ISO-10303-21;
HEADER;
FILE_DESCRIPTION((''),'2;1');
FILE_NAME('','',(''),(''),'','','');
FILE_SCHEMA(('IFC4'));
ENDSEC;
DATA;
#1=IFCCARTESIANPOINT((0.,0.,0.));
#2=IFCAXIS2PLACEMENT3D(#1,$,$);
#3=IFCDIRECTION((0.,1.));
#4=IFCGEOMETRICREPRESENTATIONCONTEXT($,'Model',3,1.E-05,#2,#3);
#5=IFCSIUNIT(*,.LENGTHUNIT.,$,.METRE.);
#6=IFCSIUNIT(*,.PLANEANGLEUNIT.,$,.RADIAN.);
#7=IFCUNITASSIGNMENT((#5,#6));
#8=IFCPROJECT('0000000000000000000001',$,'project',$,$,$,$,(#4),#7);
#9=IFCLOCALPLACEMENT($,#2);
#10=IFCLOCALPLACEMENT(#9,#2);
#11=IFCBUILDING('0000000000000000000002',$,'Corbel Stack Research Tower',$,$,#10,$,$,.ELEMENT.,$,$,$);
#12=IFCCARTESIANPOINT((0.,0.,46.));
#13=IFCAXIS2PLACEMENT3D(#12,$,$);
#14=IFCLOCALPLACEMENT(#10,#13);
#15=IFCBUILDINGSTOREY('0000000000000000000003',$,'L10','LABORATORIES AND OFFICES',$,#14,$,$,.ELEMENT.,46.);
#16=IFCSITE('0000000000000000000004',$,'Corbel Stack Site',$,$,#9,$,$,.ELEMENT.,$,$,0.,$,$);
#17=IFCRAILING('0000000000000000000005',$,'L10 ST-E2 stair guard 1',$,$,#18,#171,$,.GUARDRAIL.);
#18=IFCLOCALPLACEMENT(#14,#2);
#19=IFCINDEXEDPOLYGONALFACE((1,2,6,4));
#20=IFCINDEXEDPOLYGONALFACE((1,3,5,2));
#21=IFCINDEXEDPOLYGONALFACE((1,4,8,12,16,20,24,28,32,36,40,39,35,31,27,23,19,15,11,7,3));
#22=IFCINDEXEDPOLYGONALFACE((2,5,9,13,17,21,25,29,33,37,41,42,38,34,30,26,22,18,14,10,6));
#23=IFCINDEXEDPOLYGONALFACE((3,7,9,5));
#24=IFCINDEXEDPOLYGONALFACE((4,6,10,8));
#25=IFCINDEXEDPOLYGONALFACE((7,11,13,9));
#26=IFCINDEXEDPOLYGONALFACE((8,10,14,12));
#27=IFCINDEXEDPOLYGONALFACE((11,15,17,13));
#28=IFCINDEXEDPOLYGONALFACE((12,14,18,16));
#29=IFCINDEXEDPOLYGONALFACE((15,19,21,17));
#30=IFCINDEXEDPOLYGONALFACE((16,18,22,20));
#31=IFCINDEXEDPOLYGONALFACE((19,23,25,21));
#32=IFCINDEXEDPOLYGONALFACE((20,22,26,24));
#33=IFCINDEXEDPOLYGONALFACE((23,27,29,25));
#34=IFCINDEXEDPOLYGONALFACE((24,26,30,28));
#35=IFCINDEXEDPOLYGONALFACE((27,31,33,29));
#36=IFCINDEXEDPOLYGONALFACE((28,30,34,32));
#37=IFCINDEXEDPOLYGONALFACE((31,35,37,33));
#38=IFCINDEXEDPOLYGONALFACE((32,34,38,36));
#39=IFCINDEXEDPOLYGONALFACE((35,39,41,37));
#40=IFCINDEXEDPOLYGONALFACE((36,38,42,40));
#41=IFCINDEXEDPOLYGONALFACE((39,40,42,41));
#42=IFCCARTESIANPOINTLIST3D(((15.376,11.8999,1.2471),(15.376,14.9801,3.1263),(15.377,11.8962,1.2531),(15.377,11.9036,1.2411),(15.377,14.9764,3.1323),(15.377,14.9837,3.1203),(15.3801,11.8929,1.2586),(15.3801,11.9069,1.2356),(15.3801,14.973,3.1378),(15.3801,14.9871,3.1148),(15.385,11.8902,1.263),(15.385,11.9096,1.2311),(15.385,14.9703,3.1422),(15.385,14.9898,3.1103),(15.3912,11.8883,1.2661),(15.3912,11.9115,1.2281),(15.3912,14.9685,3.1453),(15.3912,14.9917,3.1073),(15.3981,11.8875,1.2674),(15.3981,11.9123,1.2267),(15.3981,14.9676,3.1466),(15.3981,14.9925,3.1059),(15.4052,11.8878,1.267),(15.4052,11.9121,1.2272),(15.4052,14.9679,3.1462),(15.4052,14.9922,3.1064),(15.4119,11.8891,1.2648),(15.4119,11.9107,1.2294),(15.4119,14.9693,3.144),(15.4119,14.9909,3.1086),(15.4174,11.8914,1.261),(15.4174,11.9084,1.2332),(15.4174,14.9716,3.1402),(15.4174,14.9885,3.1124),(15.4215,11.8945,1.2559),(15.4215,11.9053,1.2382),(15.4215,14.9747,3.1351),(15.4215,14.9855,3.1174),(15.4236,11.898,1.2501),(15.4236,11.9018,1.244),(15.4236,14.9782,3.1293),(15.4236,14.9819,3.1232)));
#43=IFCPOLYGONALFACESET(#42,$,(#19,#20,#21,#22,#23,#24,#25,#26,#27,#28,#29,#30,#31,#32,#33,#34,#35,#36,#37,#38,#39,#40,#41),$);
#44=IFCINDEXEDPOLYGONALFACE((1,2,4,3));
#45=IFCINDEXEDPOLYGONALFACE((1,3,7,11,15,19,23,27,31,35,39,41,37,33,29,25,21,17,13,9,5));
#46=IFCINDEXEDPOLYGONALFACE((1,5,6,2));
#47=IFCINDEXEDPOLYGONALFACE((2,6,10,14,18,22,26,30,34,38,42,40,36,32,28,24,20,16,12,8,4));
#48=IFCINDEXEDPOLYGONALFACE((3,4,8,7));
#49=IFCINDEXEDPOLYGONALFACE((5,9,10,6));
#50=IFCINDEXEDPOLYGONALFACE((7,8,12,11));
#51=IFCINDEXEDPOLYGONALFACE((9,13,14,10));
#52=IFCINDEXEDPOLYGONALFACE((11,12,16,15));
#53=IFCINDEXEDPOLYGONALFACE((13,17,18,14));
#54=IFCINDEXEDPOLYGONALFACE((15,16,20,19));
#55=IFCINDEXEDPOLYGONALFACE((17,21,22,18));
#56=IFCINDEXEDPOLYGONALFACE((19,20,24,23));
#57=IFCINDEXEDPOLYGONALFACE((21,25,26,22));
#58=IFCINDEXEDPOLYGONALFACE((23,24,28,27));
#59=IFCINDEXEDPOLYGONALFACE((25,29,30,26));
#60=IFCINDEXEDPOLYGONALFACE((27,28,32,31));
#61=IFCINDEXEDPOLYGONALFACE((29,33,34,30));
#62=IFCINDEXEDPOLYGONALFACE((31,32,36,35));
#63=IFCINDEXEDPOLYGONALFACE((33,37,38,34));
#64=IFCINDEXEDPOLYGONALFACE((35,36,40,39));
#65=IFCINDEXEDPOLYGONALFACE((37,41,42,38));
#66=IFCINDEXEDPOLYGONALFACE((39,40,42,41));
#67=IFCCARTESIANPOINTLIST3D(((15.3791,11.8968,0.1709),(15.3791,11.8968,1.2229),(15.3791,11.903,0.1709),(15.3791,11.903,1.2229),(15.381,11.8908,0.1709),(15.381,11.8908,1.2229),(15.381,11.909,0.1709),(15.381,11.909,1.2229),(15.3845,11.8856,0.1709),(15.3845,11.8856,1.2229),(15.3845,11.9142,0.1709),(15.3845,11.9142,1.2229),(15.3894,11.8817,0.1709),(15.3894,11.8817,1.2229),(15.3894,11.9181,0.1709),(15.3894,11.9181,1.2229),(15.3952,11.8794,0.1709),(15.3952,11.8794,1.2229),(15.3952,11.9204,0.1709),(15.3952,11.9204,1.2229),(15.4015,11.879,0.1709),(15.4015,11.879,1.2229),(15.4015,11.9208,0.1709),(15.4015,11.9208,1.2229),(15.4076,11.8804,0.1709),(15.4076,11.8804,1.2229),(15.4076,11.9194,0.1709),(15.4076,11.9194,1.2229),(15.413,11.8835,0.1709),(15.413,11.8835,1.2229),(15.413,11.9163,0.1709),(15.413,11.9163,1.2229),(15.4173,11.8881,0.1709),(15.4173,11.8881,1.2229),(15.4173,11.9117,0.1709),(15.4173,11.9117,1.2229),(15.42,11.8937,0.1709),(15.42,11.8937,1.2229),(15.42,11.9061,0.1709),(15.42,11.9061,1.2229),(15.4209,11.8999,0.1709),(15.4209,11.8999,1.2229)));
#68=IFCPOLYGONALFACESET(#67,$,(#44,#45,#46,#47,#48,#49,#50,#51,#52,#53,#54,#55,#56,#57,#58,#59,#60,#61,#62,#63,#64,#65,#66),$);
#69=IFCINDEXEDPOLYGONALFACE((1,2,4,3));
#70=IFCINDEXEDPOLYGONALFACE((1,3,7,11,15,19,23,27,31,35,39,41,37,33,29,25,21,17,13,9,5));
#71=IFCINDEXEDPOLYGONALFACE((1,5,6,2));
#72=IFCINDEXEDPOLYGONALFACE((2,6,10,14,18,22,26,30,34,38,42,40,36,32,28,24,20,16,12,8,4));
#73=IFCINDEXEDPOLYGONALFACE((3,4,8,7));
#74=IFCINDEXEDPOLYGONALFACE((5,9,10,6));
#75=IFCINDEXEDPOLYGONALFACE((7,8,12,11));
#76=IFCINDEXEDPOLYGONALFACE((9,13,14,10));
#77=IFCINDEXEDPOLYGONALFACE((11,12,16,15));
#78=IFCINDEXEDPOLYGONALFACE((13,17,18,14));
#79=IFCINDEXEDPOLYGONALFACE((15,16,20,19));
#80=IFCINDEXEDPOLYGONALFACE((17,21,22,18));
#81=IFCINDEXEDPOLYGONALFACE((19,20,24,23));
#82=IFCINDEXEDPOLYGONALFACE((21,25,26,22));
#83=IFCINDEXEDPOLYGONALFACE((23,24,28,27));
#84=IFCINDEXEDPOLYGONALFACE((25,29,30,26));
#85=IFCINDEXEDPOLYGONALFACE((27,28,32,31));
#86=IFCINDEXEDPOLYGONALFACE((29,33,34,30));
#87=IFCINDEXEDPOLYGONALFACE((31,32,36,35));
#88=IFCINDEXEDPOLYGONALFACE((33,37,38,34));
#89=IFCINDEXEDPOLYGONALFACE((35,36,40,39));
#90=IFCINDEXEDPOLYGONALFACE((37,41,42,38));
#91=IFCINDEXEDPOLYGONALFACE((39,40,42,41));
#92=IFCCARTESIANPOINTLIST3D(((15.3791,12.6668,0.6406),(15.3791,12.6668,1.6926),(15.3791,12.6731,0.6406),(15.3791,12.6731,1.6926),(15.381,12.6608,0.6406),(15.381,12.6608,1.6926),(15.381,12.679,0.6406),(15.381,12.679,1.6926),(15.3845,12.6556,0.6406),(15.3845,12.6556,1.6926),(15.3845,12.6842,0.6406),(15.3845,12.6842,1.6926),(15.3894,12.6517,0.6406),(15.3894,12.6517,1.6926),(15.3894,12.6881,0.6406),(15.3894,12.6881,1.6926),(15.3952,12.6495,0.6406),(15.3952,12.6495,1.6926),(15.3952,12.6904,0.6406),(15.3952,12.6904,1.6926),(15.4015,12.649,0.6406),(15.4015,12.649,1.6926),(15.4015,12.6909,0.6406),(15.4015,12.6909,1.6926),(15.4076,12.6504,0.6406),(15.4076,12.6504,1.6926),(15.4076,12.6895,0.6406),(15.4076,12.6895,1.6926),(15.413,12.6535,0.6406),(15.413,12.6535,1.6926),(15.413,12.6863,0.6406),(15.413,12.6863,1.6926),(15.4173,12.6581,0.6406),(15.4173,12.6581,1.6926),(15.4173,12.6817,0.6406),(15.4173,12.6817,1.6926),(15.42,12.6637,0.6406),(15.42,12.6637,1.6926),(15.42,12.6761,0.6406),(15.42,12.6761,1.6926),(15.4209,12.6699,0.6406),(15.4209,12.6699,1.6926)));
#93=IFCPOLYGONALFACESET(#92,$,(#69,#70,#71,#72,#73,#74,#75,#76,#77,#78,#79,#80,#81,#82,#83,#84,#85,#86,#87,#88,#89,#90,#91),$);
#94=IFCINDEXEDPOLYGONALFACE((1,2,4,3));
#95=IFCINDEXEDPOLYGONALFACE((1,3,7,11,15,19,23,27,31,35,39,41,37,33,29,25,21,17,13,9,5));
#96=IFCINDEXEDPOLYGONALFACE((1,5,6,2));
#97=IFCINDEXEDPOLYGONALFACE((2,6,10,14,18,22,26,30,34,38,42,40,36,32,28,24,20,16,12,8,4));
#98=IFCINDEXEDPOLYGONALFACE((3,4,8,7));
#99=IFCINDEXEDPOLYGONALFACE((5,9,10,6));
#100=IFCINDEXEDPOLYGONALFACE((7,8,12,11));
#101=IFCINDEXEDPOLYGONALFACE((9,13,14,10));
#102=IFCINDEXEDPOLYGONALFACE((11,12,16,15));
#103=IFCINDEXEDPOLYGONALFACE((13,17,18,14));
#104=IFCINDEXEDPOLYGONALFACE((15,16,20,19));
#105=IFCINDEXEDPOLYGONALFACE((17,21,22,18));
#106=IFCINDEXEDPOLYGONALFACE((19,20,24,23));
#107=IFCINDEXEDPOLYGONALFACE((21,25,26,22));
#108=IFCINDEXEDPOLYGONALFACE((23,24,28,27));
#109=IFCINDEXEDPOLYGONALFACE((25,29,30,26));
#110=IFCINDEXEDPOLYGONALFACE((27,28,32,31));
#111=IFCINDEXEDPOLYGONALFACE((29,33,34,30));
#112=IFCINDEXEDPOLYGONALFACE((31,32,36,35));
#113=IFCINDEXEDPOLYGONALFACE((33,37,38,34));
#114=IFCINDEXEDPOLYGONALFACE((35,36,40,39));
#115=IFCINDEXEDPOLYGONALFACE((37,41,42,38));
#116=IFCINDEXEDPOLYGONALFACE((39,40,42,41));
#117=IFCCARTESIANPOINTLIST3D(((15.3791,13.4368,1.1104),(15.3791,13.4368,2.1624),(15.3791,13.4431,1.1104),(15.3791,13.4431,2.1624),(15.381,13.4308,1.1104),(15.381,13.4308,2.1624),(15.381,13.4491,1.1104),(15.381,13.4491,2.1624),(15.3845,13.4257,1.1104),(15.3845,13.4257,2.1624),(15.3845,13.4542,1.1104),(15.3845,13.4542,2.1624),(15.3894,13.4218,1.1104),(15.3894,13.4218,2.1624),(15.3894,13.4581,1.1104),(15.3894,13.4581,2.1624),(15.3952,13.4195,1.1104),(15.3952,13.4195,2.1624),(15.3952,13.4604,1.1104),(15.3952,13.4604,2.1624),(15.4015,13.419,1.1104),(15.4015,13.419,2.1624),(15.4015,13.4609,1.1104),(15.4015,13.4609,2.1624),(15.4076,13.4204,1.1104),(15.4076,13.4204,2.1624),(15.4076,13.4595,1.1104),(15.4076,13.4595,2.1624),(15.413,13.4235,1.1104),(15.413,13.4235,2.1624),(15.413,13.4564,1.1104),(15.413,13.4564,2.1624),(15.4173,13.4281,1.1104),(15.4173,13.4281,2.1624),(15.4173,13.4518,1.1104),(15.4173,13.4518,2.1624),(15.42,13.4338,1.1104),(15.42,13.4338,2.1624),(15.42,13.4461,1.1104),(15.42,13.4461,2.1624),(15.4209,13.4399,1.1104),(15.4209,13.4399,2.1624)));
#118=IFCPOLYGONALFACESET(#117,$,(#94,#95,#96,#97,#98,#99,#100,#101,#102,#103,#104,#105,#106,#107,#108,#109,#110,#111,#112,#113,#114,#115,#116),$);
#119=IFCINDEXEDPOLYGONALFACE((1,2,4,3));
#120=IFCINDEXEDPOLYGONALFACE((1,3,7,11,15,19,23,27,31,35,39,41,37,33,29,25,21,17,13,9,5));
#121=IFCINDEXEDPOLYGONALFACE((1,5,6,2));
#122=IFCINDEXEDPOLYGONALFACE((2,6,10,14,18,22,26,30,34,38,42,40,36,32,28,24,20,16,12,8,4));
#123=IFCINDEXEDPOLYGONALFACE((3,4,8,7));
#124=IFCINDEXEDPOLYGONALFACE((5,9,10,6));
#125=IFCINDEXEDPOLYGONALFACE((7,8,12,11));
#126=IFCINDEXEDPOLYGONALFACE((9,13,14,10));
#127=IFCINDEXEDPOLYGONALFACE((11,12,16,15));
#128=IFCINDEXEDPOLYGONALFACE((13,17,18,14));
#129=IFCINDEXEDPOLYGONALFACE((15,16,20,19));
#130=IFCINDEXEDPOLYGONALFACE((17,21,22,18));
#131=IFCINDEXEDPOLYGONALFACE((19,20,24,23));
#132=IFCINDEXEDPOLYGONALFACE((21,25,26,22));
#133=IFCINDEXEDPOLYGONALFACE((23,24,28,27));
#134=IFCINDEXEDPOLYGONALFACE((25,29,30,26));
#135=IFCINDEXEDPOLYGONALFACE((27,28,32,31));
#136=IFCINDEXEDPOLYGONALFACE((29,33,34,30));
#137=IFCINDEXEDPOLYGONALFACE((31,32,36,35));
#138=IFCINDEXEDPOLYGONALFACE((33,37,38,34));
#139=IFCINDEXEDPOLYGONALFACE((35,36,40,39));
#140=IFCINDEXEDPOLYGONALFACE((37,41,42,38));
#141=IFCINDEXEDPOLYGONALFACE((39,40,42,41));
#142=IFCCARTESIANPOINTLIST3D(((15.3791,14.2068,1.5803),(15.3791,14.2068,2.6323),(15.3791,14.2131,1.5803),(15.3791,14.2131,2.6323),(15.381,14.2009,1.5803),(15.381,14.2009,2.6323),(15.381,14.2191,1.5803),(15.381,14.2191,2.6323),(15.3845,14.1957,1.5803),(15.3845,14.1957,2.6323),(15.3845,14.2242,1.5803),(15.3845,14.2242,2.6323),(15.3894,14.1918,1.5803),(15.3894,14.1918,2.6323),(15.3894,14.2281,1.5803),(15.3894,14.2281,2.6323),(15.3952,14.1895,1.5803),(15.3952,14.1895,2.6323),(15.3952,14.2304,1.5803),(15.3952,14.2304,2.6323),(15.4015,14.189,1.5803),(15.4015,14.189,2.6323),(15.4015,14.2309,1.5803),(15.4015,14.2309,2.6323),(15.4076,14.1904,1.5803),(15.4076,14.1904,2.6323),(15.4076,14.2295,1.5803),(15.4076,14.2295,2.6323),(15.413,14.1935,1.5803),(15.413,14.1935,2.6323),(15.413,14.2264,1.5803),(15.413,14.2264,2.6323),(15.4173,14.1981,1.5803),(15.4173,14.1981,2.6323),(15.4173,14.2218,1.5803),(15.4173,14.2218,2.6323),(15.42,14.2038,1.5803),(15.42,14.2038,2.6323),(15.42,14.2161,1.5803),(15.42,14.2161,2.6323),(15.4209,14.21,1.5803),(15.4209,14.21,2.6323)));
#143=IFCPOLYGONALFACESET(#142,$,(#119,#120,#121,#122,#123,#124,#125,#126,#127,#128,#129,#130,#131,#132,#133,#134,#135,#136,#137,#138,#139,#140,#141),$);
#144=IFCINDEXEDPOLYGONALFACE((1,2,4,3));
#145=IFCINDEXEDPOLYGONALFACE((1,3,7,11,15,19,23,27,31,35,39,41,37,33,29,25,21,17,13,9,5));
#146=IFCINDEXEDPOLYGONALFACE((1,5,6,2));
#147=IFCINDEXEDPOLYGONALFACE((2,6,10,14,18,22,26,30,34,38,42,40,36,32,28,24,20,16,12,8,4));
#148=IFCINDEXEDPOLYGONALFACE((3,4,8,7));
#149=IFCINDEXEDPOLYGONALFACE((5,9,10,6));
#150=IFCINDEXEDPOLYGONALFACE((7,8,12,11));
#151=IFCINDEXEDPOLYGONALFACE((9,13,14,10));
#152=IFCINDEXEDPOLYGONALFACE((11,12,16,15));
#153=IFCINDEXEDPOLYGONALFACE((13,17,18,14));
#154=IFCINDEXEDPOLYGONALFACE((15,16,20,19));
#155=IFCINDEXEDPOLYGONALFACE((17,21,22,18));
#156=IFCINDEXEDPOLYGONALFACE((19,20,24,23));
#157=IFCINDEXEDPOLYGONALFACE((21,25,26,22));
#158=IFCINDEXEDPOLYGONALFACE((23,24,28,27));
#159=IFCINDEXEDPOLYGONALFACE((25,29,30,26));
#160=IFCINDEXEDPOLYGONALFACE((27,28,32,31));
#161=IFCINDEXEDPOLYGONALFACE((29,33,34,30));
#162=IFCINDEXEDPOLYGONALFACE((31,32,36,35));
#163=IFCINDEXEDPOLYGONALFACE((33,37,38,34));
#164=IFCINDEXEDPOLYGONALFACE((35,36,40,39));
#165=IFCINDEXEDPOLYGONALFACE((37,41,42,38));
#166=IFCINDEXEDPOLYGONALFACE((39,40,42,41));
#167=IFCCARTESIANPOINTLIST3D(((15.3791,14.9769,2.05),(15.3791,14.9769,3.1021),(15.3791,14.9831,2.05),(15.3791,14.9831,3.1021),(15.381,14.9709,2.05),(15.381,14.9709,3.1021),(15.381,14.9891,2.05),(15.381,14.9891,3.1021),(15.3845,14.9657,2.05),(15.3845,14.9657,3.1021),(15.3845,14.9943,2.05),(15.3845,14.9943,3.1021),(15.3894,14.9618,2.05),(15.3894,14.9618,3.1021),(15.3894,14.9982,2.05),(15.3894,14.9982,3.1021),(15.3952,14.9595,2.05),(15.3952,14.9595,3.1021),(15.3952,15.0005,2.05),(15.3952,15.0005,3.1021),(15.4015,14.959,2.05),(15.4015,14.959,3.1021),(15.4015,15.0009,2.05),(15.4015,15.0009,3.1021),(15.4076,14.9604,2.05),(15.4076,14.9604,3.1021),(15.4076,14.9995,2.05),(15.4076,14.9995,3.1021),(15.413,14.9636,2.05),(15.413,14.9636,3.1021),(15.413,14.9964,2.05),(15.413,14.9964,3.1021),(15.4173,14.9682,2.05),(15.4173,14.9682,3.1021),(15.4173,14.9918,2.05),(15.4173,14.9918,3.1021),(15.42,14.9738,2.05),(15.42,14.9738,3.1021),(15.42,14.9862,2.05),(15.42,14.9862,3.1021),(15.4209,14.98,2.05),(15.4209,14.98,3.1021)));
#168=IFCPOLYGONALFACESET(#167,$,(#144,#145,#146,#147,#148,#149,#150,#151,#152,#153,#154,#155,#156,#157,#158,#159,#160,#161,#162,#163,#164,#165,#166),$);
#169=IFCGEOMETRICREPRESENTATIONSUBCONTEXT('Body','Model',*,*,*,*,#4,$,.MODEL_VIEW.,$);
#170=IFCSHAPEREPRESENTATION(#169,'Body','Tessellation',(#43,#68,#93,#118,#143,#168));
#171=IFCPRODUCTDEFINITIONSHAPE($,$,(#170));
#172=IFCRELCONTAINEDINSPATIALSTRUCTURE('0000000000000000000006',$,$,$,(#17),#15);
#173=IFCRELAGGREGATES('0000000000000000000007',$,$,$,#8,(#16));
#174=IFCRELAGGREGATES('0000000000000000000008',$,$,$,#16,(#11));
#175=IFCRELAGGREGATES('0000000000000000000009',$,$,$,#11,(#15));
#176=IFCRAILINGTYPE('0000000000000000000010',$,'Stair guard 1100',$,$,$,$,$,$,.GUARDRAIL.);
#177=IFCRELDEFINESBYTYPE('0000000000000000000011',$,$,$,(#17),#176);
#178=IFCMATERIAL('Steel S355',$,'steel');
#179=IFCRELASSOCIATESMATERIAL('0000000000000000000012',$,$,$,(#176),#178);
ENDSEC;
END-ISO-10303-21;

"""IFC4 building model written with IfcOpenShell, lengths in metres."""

from ifc_helpers import new_model, si_unit, direction, frame, origin, origin_2d, place, context, subcontext, project, spatial, circle, extrude, material, type_object, element, save


model = new_model("IFC4")

# Units and contexts
model_context = context("Model", 3, precision=1e-05, world=origin(), true_north=direction((0.0, 1.0)))
body_context = subcontext(model_context, "Body", "Model", "MODEL_VIEW")
ifc_project = project(units=[si_unit("LENGTHUNIT", "METRE"), si_unit("PLANEANGLEUNIT", "RADIAN")], contexts=[model_context])

# Site, building, storey
site_placement = place(None, origin())
site = spatial("IfcSite", under=ifc_project, at=site_placement, Name="Corbel Stack Site", CompositionType="ELEMENT", RefElevation=0.0)
building_placement = place(site_placement, origin())
building = spatial("IfcBuilding", under=site, at=building_placement, Name="Corbel Stack Research Tower", CompositionType="ELEMENT")
storey_placement = place(building_placement, frame((0.0, 0.0, 46.0)))
storey = spatial("IfcBuildingStorey", under=building, at=storey_placement, Name="L10", Description="LABORATORIES AND OFFICES", CompositionType="ELEMENT", Elevation=46.0)

# Railing
ifc_material_1 = material(Name="Steel S355", Category="steel")
railing_type_1 = type_object("IfcRailingType", Name="Stair guard 1100", PredefinedType="GUARDRAIL", material=ifc_material_1)
railing_1_placement = place(storey_placement, frame((15.3999, 11.8999, 0.1709)))
element("IfcRailing", 1, at=railing_1_placement, inside=storey, type_object=railing_type_1, Name="L10 ST-E2 stair guard 1", PredefinedType="GUARDRAIL", context=body_context, shape_type="SweptSolid", body=[
    extrude(circle(Radius=0.0239, at=origin_2d()), frame((0.0, 0.0, 1.0762), z_axis=(0.0, 0.853666, 0.52082), x_axis=(-1.0, 0.0, 0.0)), (0.0, 0.0, 1.0), 3.6082),
    extrude(circle(Radius=0.021, at=origin_2d()), origin(), (0.0, 0.0, 1.0), 1.052),
    extrude(circle(Radius=0.021, at=origin_2d()), frame((0.0, 0.77, 0.4697)), (0.0, 0.0, 1.0), 1.052),
    extrude(circle(Radius=0.021, at=origin_2d()), frame((0.0, 1.54, 0.9395)), (0.0, 0.0, 1.0), 1.052),
    extrude(circle(Radius=0.021, at=origin_2d()), frame((0.0, 2.3101, 1.4094)), (0.0, 0.0, 1.0), 1.052),
    extrude(circle(Radius=0.021, at=origin_2d()), frame((0.0, 3.0801, 1.8792)), (0.0, 0.0, 1.0), 1.052),
])

save(model, "model.ifc")
